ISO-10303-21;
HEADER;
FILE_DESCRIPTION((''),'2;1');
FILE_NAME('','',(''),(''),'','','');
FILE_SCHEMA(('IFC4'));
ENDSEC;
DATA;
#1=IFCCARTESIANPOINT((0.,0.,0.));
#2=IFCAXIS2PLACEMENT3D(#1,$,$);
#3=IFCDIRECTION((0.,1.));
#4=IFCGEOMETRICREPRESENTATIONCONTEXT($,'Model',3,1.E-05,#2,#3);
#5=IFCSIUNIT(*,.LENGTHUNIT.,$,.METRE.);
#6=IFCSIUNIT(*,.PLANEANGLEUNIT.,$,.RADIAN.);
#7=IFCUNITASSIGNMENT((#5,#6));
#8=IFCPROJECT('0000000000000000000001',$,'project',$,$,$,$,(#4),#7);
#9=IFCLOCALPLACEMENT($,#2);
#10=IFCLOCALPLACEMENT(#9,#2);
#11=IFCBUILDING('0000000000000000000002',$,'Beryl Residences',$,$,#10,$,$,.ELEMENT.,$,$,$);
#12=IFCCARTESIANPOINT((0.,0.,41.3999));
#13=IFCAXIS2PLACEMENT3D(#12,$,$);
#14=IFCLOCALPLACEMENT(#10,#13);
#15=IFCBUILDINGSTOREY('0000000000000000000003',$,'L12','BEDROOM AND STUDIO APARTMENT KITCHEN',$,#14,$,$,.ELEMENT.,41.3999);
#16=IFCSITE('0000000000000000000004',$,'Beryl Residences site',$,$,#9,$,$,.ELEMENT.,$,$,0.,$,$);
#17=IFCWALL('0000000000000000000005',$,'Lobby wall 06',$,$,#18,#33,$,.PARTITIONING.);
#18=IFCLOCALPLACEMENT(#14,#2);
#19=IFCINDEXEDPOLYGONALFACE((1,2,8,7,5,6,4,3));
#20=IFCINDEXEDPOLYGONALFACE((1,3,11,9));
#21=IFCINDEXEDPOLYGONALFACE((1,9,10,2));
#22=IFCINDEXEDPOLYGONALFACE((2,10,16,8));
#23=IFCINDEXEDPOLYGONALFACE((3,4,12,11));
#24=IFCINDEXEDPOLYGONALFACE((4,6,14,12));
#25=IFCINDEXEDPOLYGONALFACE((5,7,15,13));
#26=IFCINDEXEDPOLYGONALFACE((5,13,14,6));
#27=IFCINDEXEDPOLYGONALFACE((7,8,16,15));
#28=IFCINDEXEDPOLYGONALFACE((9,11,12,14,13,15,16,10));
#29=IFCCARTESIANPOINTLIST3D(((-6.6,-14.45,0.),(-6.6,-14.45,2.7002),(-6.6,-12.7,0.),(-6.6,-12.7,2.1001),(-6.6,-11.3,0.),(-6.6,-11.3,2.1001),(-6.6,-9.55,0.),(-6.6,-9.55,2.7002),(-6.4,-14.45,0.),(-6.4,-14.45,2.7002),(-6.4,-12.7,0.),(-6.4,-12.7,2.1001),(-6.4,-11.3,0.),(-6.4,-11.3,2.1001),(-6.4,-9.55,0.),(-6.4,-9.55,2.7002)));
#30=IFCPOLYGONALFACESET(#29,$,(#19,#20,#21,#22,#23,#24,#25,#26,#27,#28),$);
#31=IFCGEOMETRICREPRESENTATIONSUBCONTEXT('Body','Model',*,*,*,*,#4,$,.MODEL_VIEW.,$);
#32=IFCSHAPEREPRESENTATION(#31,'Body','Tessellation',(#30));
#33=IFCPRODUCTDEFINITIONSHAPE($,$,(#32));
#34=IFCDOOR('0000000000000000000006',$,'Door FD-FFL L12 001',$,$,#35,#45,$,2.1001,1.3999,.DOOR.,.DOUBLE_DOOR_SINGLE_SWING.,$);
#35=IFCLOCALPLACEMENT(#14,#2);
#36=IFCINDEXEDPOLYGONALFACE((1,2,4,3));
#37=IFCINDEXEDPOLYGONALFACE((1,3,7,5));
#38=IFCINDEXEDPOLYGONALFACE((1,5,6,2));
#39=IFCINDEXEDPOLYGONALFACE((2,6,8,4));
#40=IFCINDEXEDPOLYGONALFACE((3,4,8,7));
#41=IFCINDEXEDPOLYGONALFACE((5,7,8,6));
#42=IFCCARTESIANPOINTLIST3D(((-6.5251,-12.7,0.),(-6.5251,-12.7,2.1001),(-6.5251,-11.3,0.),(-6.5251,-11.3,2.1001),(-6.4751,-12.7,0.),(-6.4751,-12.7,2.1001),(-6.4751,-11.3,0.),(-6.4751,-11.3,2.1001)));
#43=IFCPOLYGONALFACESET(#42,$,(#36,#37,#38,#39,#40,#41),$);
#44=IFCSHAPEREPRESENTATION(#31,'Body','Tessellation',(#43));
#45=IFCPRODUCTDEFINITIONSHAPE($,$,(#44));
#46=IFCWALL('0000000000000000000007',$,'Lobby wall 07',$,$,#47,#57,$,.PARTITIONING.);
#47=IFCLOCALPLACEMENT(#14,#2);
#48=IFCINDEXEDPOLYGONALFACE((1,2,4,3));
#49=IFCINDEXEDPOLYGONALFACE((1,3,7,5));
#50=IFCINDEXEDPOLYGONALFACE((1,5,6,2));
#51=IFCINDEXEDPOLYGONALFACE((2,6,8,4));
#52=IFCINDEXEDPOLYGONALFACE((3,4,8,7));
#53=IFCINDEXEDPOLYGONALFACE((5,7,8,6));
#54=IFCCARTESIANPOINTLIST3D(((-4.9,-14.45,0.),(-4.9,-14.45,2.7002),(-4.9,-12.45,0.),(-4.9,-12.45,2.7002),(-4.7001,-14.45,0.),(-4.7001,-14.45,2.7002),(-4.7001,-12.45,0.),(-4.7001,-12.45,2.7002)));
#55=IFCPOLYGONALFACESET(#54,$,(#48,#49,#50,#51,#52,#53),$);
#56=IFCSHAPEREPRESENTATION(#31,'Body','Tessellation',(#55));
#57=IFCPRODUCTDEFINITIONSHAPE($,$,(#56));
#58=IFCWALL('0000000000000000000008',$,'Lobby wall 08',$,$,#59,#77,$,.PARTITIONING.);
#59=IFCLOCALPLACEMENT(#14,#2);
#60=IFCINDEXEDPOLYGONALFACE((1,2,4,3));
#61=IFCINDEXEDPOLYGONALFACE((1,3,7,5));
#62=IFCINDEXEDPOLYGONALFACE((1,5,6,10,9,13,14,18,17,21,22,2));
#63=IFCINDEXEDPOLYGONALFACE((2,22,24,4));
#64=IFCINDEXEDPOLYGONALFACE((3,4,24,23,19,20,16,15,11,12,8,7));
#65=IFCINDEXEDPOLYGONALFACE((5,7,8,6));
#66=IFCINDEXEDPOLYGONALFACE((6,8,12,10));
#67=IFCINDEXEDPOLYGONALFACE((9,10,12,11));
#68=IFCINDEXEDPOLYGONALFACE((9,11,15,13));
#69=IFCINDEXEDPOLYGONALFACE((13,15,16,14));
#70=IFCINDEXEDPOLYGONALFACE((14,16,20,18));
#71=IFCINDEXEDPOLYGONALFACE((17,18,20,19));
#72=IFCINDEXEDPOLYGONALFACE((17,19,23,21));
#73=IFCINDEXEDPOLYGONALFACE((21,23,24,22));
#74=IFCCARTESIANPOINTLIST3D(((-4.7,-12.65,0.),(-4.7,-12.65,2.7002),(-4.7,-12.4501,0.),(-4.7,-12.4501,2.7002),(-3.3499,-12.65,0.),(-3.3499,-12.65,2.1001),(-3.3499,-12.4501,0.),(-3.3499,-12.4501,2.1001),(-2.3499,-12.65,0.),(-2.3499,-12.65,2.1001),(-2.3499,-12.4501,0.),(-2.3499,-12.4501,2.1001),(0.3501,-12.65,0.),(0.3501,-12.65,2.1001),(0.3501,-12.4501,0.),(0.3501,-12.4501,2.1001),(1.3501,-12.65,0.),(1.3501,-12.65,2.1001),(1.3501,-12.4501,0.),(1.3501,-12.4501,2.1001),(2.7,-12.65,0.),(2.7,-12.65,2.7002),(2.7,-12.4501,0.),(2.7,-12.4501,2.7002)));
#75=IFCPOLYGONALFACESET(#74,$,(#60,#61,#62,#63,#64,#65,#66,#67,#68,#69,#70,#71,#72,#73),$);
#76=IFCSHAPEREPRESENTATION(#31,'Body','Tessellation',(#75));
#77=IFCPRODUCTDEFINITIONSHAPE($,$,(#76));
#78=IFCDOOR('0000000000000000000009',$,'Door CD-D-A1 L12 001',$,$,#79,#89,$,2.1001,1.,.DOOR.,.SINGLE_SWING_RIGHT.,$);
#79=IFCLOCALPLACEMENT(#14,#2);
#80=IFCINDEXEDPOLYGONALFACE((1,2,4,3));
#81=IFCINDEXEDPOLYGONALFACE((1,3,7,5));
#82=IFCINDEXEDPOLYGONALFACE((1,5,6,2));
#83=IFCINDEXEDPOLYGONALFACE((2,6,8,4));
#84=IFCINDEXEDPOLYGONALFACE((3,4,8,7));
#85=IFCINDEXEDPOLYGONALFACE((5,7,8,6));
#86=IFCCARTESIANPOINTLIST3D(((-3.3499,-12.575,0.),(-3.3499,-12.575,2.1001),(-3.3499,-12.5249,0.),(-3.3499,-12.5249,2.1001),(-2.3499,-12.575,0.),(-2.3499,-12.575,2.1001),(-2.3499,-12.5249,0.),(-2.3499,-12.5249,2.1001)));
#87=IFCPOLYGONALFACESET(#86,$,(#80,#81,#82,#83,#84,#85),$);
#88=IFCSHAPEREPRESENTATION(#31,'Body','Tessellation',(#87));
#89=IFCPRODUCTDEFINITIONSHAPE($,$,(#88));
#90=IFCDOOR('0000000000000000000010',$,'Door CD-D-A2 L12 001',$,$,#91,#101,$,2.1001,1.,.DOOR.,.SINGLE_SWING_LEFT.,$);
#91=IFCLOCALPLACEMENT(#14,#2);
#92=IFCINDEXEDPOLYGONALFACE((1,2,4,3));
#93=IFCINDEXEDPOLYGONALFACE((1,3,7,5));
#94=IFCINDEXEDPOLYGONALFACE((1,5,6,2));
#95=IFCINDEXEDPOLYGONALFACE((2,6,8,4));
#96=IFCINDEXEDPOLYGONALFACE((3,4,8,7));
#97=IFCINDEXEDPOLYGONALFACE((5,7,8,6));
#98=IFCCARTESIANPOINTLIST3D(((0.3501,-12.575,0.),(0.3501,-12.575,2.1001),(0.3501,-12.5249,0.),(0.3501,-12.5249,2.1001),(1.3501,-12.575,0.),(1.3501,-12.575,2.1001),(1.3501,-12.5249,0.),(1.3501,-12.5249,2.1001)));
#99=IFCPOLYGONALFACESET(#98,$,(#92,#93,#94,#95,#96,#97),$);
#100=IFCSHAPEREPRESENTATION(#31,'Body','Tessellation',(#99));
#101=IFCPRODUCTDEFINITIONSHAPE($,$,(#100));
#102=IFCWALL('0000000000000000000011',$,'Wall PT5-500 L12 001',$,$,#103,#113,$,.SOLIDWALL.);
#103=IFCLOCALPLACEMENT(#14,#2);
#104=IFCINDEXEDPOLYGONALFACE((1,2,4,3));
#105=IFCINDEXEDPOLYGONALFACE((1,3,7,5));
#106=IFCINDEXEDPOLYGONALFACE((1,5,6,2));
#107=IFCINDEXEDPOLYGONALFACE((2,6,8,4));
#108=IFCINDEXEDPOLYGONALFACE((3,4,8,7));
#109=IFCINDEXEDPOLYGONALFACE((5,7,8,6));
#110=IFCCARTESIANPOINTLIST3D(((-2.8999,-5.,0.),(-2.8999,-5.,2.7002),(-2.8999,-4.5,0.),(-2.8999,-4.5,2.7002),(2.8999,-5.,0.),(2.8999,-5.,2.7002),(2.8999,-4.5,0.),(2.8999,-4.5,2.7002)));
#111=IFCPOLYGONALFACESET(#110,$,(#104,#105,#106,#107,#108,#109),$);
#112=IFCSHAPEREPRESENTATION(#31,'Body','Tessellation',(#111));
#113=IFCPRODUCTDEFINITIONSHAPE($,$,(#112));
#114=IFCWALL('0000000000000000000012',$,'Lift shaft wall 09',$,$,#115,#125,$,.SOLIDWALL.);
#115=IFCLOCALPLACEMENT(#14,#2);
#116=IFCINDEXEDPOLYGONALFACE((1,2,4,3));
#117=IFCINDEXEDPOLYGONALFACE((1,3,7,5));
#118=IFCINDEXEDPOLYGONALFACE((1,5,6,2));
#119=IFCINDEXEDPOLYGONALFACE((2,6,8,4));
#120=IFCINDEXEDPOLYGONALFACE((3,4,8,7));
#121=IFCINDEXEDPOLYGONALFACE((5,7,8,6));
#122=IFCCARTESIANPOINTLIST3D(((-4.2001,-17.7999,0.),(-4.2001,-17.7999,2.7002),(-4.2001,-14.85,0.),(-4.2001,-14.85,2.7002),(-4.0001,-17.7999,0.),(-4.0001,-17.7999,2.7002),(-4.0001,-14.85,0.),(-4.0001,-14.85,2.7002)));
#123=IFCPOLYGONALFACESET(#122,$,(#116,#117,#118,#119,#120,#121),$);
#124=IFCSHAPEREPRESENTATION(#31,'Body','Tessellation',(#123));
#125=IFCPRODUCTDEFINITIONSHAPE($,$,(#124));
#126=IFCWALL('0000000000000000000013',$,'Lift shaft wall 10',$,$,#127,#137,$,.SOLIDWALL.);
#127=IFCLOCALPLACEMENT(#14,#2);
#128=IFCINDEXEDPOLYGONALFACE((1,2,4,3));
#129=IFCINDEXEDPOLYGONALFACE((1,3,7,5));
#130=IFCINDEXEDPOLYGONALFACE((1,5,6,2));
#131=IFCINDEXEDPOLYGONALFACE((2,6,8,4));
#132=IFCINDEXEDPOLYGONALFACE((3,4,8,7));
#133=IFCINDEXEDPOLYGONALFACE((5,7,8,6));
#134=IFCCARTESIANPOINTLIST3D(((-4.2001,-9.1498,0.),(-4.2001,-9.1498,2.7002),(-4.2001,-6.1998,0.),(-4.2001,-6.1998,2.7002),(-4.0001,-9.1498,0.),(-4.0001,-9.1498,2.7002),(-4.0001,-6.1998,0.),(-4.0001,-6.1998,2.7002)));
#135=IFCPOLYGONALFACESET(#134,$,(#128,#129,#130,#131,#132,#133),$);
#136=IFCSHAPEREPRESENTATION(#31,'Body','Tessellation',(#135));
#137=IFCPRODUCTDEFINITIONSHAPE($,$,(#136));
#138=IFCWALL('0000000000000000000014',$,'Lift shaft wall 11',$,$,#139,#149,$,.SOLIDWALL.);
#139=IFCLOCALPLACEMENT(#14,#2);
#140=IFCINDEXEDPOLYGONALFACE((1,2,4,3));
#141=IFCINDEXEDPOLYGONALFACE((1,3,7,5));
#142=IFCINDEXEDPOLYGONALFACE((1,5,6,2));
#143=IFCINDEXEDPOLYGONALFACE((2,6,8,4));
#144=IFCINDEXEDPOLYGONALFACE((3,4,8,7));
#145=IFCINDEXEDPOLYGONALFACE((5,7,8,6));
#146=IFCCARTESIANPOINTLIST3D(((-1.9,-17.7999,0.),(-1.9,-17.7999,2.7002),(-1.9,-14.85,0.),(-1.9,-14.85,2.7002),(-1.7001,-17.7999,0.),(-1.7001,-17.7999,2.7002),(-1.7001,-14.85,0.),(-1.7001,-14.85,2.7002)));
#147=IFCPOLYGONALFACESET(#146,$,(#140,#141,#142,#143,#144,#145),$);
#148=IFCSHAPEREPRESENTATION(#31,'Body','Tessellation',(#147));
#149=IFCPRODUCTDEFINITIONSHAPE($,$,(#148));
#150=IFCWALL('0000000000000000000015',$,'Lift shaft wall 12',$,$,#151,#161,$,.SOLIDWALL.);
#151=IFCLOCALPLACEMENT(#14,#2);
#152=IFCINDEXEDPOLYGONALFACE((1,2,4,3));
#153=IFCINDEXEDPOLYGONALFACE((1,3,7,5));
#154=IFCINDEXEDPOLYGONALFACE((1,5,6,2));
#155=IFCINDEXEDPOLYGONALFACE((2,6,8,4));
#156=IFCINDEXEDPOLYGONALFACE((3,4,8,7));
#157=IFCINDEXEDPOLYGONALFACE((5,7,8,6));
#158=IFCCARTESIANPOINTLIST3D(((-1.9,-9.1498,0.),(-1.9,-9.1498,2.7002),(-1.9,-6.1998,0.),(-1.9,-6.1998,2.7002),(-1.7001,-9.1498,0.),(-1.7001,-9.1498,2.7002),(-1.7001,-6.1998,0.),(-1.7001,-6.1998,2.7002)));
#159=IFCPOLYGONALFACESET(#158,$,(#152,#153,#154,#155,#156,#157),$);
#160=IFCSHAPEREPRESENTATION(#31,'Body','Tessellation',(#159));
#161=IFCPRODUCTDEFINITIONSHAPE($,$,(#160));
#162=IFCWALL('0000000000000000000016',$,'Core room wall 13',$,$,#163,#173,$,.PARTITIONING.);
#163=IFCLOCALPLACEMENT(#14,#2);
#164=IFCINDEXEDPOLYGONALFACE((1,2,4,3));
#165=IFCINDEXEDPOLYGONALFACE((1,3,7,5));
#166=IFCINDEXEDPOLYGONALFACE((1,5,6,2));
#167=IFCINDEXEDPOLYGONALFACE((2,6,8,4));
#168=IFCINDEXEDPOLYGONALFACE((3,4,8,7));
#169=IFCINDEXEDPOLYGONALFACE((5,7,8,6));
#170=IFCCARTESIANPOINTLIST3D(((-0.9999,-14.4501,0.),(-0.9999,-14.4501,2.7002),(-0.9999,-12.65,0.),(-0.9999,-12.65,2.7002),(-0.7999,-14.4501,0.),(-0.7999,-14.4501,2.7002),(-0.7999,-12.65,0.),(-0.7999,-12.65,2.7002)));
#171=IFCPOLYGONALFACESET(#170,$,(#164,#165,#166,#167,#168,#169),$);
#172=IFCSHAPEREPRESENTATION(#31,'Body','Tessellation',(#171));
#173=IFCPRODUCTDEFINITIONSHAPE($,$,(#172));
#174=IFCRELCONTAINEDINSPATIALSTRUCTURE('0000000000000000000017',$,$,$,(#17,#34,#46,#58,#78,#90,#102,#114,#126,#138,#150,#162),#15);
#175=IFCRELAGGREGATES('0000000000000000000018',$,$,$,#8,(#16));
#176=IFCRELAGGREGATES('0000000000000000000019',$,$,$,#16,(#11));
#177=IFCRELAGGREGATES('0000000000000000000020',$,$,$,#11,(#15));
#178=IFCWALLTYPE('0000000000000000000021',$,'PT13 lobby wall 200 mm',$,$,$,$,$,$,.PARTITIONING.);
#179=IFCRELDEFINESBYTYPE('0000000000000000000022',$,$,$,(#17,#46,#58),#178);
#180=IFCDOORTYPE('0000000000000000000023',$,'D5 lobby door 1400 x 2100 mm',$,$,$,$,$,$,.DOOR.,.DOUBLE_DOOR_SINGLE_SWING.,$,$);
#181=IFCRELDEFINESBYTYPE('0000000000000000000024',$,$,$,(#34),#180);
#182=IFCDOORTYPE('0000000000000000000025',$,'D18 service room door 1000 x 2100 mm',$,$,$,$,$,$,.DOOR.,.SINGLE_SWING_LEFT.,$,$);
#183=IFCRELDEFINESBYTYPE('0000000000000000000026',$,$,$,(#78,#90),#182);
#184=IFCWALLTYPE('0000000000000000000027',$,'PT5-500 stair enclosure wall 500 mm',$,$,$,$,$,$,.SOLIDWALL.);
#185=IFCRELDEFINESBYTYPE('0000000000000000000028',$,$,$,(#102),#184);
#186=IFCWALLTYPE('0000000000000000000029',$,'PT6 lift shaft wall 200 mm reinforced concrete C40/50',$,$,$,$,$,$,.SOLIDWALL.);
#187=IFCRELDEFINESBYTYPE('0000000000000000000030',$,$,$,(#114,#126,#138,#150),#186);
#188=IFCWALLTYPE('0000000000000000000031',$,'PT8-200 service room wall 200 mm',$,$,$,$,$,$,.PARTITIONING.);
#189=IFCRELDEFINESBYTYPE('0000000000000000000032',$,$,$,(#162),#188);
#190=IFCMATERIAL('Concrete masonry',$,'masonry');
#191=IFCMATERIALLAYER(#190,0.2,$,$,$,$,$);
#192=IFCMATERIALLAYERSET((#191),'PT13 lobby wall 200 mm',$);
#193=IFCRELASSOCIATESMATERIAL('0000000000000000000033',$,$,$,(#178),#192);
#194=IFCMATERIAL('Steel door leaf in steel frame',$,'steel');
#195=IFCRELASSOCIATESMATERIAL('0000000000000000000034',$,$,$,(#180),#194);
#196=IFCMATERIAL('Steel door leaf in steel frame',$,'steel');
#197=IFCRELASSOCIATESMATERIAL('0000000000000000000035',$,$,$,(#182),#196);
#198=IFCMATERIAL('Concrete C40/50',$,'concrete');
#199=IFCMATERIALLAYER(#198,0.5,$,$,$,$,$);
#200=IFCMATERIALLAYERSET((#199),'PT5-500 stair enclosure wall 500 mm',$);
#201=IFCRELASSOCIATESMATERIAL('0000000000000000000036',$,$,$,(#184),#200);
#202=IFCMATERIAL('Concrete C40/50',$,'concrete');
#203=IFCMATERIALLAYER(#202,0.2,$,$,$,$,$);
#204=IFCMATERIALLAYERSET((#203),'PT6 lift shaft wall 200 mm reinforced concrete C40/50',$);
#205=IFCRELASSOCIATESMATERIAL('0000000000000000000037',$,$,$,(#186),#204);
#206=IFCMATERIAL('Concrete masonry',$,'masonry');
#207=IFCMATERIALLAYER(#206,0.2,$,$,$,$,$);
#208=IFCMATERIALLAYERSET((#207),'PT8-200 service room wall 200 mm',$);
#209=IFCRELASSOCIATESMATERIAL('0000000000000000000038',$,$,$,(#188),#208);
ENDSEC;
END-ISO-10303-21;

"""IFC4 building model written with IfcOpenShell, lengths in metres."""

from ifc_helpers import new_model, si_unit, direction, frame, frame_2d, origin, place, context, subcontext, project, spatial, rectangle, extrude, material, layer, layer_set, type_object, element, fill, save


model = new_model("IFC4")

# Units and contexts
model_context = context("Model", 3, precision=1e-05, world=origin(), true_north=direction((0.0, 1.0)))
body_context = subcontext(model_context, "Body", "Model", "MODEL_VIEW")
ifc_project = project(units=[si_unit("LENGTHUNIT", "METRE"), si_unit("PLANEANGLEUNIT", "RADIAN")], contexts=[model_context])

# Site, building, storey
site_placement = place(None, origin())
site = spatial("IfcSite", under=ifc_project, at=site_placement, Name="Beryl Residences site", CompositionType="ELEMENT", RefElevation=0.0)
building_placement = place(site_placement, origin())
building = spatial("IfcBuilding", under=site, at=building_placement, Name="Beryl Residences", CompositionType="ELEMENT")
storey_placement = place(building_placement, frame((0.0, 0.0, 41.3999)))
storey = spatial("IfcBuildingStorey", under=building, at=storey_placement, Name="L12", Description="BEDROOM AND STUDIO APARTMENT KITCHEN", CompositionType="ELEMENT", Elevation=41.3999)

# Wall, opening, door
ifc_material_1 = material(Name="Concrete masonry", Category="masonry")
ifc_layer_1 = layer(ifc_material_1, 0.2)
ifc_layer_set_1 = layer_set([ifc_layer_1], Name="PT13 lobby wall 200 mm")
wall_type_1 = type_object("IfcWallType", Name="PT13 lobby wall 200 mm", PredefinedType="PARTITIONING", material=ifc_layer_set_1)
wall_1_placement = place(storey_placement, frame((-6.5, -14.45, 0.0), z_axis=(0.0, 0.0, 1.0), x_axis=(0.0, 1.0, 0.0)))
wall_1 = element("IfcWall", 1, at=wall_1_placement, inside=storey, type_object=wall_type_1, Name="Lobby wall 06", PredefinedType="PARTITIONING", context=body_context, shape_type="SweptSolid", body=[
    extrude(rectangle(XDim=4.8999, YDim=0.2, at=frame_2d((2.45, 0.0))), origin(), (0.0, 0.0, 1.0), 2.7002),
])
opening_1_placement = place(wall_1_placement, frame((3.1499, 0.0, 0.0), z_axis=(0.0, 0.0, 1.0), x_axis=(-1.0, 0.0, 0.0)))
opening_1 = element("IfcOpeningElement", 2, at=opening_1_placement, cuts=wall_1, PredefinedType="OPENING", context=body_context, shape_type="SweptSolid", body=[
    extrude(rectangle(XDim=1.3999, YDim=2.1001, at=frame_2d((0.7, 1.05))), frame((0.0, 0.1099, 0.0), z_axis=(0.0, -1.0, 0.0), x_axis=(1.0, 0.0, 0.0)), (0.0, 0.0, 1.0), 0.22),
])
ifc_material_2 = material(Name="Steel door leaf in steel frame", Category="steel")
door_type_1 = type_object("IfcDoorType", Name="D5 lobby door 1400 x 2100 mm", OperationType="DOUBLE_DOOR_SINGLE_SWING", PredefinedType="DOOR", material=ifc_material_2)
door_1_placement = place(opening_1_placement, origin())
door_1 = element("IfcDoor", 3, at=door_1_placement, inside=storey, type_object=door_type_1, Name="Door FD-FFL L12 001", OperationType="DOUBLE_DOOR_SINGLE_SWING", OverallHeight=2.1001, OverallWidth=1.3999, PredefinedType="DOOR", context=body_context, shape_type="SweptSolid", body=[
    extrude(rectangle(XDim=1.3999, YDim=2.1001, at=frame_2d((0.7, 1.05))), frame((0.0, 0.0249, 0.0), z_axis=(0.0, -1.0, 0.0), x_axis=(1.0, 0.0, 0.0)), (0.0, 0.0, 1.0), 0.05),
])
fill(opening_1, door_1)

# Wall
wall_2_placement = place(storey_placement, frame((-4.8, -14.45, 0.0), z_axis=(0.0, 0.0, 1.0), x_axis=(0.0, 1.0, 0.0)))
element("IfcWall", 4, at=wall_2_placement, inside=storey, type_object=wall_type_1, Name="Lobby wall 07", PredefinedType="PARTITIONING", context=body_context, shape_type="SweptSolid", body=[
    extrude(rectangle(XDim=2.0, YDim=0.2, at=frame_2d((1.0, 0.0))), origin(), (0.0, 0.0, 1.0), 2.7002),
])

# Wall, openings, doors
wall_3_placement = place(storey_placement, frame((-4.7, -12.55, 0.0), z_axis=(0.0, 0.0, 1.0), x_axis=(1.0, 0.0, 0.0)))
wall_3 = element("IfcWall", 5, at=wall_3_placement, inside=storey, type_object=wall_type_1, Name="Lobby wall 08", PredefinedType="PARTITIONING", context=body_context, shape_type="SweptSolid", body=[
    extrude(rectangle(XDim=7.3999, YDim=0.2, at=frame_2d((3.7, 0.0))), origin(), (0.0, 0.0, 1.0), 2.7002),
])
opening_2_placement = place(wall_3_placement, frame((2.3501, 0.0, 0.0), z_axis=(0.0, 0.0, 1.0), x_axis=(-1.0, 0.0, 0.0)))
opening_2 = element("IfcOpeningElement", 6, at=opening_2_placement, cuts=wall_3, PredefinedType="OPENING", context=body_context, shape_type="SweptSolid", body=[
    extrude(rectangle(XDim=1.0, YDim=2.1001, at=frame_2d((0.5, 1.05))), frame((0.0, 0.1099, 0.0), z_axis=(0.0, -1.0, 0.0), x_axis=(1.0, 0.0, 0.0)), (0.0, 0.0, 1.0), 0.22),
])
opening_3_placement = place(wall_3_placement, frame((6.05, 0.0, 0.0), z_axis=(0.0, 0.0, 1.0), x_axis=(-1.0, 0.0, 0.0)))
opening_3 = element("IfcOpeningElement", 7, at=opening_3_placement, cuts=wall_3, PredefinedType="OPENING", context=body_context, shape_type="SweptSolid", body=[
    extrude(rectangle(XDim=1.0, YDim=2.1001, at=frame_2d((0.5, 1.05))), frame((0.0, 0.1099, 0.0), z_axis=(0.0, -1.0, 0.0), x_axis=(1.0, 0.0, 0.0)), (0.0, 0.0, 1.0), 0.22),
])
ifc_material_3 = material(Name="Steel door leaf in steel frame", Category="steel")
door_type_2 = type_object("IfcDoorType", Name="D18 service room door 1000 x 2100 mm", OperationType="SINGLE_SWING_LEFT", PredefinedType="DOOR", material=ifc_material_3)
door_2_placement = place(opening_2_placement, origin())
door_2 = element("IfcDoor", 8, at=door_2_placement, inside=storey, type_object=door_type_2, Name="Door CD-D-A1 L12 001", OperationType="SINGLE_SWING_RIGHT", OverallHeight=2.1001, OverallWidth=1.0, PredefinedType="DOOR", context=body_context, shape_type="SweptSolid", body=[
    extrude(rectangle(XDim=1.0, YDim=2.1001, at=frame_2d((0.5, 1.05))), frame((0.0, 0.0249, 0.0), z_axis=(0.0, -1.0, 0.0), x_axis=(1.0, 0.0, 0.0)), (0.0, 0.0, 1.0), 0.05),
])
fill(opening_2, door_2)
door_3_placement = place(opening_3_placement, origin())
door_3 = element("IfcDoor", 9, at=door_3_placement, inside=storey, type_object=door_type_2, Name="Door CD-D-A2 L12 001", OperationType="SINGLE_SWING_LEFT", OverallHeight=2.1001, OverallWidth=1.0, PredefinedType="DOOR", context=body_context, shape_type="SweptSolid", body=[
    extrude(rectangle(XDim=1.0, YDim=2.1001, at=frame_2d((0.5, 1.05))), frame((0.0, 0.0249, 0.0), z_axis=(0.0, -1.0, 0.0), x_axis=(1.0, 0.0, 0.0)), (0.0, 0.0, 1.0), 0.05),
])
fill(opening_3, door_3)

# Walls
ifc_material_4 = material(Name="Concrete C40/50", Category="concrete")
ifc_layer_2 = layer(ifc_material_4, 0.5)
ifc_layer_set_2 = layer_set([ifc_layer_2], Name="PT5-500 stair enclosure wall 500 mm")
wall_type_2 = type_object("IfcWallType", Name="PT5-500 stair enclosure wall 500 mm", PredefinedType="SOLIDWALL", material=ifc_layer_set_2)
wall_4_placement = place(storey_placement, frame((-2.8999, -4.75, 0.0), z_axis=(0.0, 0.0, 1.0), x_axis=(1.0, 0.0, 0.0)))
element("IfcWall", 10, at=wall_4_placement, inside=storey, type_object=wall_type_2, Name="Wall PT5-500 L12 001", PredefinedType="SOLIDWALL", context=body_context, shape_type="SweptSolid", body=[
    extrude(rectangle(XDim=5.7998, YDim=0.5, at=frame_2d((2.8999, 0.0))), origin(), (0.0, 0.0, 1.0), 2.7002),
])
ifc_material_5 = material(Name="Concrete C40/50", Category="concrete")
ifc_layer_3 = layer(ifc_material_5, 0.2)
ifc_layer_set_3 = layer_set([ifc_layer_3], Name="PT6 lift shaft wall 200 mm reinforced concrete C40/50")
wall_type_3 = type_object("IfcWallType", Name="PT6 lift shaft wall 200 mm reinforced concrete C40/50", PredefinedType="SOLIDWALL", material=ifc_layer_set_3)
for number, where, z_axis, x_axis, name in (
    (11, (-4.1001, -17.8, 0.0), (0.0, 0.0, 1.0), (0.0, 1.0, 0.0), "Lift shaft wall 09"),
    (12, (-4.1001, -9.1499, 0.0), (0.0, 0.0, 1.0), (0.0, 1.0, 0.0), "Lift shaft wall 10"),
    (13, (-1.8, -17.8, 0.0), (0.0, 0.0, 1.0), (0.0, 1.0, 0.0), "Lift shaft wall 11"),
    (14, (-1.8, -9.1499, 0.0), (0.0, 0.0, 1.0), (0.0, 1.0, 0.0), "Lift shaft wall 12"),
):
    element("IfcWall", number, at=place(storey_placement, frame(where, z_axis=z_axis, x_axis=x_axis)), inside=storey, type_object=wall_type_3, Name=name, PredefinedType="SOLIDWALL", context=body_context, shape_type="SweptSolid", body=[
        extrude(rectangle(XDim=2.95, YDim=0.2, at=frame_2d((1.4751, 0.0))), origin(), (0.0, 0.0, 1.0), 2.7002),
    ])
ifc_material_6 = material(Name="Concrete masonry", Category="masonry")
ifc_layer_4 = layer(ifc_material_6, 0.2)
ifc_layer_set_4 = layer_set([ifc_layer_4], Name="PT8-200 service room wall 200 mm")
wall_type_4 = type_object("IfcWallType", Name="PT8-200 service room wall 200 mm", PredefinedType="PARTITIONING", material=ifc_layer_set_4)
wall_5_placement = place(storey_placement, frame((-0.8999, -14.45, 0.0), z_axis=(0.0, 0.0, 1.0), x_axis=(0.0, 1.0, 0.0)))
element("IfcWall", 15, at=wall_5_placement, inside=storey, type_object=wall_type_4, Name="Core room wall 13", PredefinedType="PARTITIONING", context=body_context, shape_type="SweptSolid", body=[
    extrude(rectangle(XDim=1.8, YDim=0.2, at=frame_2d((0.8999, 0.0))), origin(), (0.0, 0.0, 1.0), 2.7002),
])

save(model, "model.ifc")
